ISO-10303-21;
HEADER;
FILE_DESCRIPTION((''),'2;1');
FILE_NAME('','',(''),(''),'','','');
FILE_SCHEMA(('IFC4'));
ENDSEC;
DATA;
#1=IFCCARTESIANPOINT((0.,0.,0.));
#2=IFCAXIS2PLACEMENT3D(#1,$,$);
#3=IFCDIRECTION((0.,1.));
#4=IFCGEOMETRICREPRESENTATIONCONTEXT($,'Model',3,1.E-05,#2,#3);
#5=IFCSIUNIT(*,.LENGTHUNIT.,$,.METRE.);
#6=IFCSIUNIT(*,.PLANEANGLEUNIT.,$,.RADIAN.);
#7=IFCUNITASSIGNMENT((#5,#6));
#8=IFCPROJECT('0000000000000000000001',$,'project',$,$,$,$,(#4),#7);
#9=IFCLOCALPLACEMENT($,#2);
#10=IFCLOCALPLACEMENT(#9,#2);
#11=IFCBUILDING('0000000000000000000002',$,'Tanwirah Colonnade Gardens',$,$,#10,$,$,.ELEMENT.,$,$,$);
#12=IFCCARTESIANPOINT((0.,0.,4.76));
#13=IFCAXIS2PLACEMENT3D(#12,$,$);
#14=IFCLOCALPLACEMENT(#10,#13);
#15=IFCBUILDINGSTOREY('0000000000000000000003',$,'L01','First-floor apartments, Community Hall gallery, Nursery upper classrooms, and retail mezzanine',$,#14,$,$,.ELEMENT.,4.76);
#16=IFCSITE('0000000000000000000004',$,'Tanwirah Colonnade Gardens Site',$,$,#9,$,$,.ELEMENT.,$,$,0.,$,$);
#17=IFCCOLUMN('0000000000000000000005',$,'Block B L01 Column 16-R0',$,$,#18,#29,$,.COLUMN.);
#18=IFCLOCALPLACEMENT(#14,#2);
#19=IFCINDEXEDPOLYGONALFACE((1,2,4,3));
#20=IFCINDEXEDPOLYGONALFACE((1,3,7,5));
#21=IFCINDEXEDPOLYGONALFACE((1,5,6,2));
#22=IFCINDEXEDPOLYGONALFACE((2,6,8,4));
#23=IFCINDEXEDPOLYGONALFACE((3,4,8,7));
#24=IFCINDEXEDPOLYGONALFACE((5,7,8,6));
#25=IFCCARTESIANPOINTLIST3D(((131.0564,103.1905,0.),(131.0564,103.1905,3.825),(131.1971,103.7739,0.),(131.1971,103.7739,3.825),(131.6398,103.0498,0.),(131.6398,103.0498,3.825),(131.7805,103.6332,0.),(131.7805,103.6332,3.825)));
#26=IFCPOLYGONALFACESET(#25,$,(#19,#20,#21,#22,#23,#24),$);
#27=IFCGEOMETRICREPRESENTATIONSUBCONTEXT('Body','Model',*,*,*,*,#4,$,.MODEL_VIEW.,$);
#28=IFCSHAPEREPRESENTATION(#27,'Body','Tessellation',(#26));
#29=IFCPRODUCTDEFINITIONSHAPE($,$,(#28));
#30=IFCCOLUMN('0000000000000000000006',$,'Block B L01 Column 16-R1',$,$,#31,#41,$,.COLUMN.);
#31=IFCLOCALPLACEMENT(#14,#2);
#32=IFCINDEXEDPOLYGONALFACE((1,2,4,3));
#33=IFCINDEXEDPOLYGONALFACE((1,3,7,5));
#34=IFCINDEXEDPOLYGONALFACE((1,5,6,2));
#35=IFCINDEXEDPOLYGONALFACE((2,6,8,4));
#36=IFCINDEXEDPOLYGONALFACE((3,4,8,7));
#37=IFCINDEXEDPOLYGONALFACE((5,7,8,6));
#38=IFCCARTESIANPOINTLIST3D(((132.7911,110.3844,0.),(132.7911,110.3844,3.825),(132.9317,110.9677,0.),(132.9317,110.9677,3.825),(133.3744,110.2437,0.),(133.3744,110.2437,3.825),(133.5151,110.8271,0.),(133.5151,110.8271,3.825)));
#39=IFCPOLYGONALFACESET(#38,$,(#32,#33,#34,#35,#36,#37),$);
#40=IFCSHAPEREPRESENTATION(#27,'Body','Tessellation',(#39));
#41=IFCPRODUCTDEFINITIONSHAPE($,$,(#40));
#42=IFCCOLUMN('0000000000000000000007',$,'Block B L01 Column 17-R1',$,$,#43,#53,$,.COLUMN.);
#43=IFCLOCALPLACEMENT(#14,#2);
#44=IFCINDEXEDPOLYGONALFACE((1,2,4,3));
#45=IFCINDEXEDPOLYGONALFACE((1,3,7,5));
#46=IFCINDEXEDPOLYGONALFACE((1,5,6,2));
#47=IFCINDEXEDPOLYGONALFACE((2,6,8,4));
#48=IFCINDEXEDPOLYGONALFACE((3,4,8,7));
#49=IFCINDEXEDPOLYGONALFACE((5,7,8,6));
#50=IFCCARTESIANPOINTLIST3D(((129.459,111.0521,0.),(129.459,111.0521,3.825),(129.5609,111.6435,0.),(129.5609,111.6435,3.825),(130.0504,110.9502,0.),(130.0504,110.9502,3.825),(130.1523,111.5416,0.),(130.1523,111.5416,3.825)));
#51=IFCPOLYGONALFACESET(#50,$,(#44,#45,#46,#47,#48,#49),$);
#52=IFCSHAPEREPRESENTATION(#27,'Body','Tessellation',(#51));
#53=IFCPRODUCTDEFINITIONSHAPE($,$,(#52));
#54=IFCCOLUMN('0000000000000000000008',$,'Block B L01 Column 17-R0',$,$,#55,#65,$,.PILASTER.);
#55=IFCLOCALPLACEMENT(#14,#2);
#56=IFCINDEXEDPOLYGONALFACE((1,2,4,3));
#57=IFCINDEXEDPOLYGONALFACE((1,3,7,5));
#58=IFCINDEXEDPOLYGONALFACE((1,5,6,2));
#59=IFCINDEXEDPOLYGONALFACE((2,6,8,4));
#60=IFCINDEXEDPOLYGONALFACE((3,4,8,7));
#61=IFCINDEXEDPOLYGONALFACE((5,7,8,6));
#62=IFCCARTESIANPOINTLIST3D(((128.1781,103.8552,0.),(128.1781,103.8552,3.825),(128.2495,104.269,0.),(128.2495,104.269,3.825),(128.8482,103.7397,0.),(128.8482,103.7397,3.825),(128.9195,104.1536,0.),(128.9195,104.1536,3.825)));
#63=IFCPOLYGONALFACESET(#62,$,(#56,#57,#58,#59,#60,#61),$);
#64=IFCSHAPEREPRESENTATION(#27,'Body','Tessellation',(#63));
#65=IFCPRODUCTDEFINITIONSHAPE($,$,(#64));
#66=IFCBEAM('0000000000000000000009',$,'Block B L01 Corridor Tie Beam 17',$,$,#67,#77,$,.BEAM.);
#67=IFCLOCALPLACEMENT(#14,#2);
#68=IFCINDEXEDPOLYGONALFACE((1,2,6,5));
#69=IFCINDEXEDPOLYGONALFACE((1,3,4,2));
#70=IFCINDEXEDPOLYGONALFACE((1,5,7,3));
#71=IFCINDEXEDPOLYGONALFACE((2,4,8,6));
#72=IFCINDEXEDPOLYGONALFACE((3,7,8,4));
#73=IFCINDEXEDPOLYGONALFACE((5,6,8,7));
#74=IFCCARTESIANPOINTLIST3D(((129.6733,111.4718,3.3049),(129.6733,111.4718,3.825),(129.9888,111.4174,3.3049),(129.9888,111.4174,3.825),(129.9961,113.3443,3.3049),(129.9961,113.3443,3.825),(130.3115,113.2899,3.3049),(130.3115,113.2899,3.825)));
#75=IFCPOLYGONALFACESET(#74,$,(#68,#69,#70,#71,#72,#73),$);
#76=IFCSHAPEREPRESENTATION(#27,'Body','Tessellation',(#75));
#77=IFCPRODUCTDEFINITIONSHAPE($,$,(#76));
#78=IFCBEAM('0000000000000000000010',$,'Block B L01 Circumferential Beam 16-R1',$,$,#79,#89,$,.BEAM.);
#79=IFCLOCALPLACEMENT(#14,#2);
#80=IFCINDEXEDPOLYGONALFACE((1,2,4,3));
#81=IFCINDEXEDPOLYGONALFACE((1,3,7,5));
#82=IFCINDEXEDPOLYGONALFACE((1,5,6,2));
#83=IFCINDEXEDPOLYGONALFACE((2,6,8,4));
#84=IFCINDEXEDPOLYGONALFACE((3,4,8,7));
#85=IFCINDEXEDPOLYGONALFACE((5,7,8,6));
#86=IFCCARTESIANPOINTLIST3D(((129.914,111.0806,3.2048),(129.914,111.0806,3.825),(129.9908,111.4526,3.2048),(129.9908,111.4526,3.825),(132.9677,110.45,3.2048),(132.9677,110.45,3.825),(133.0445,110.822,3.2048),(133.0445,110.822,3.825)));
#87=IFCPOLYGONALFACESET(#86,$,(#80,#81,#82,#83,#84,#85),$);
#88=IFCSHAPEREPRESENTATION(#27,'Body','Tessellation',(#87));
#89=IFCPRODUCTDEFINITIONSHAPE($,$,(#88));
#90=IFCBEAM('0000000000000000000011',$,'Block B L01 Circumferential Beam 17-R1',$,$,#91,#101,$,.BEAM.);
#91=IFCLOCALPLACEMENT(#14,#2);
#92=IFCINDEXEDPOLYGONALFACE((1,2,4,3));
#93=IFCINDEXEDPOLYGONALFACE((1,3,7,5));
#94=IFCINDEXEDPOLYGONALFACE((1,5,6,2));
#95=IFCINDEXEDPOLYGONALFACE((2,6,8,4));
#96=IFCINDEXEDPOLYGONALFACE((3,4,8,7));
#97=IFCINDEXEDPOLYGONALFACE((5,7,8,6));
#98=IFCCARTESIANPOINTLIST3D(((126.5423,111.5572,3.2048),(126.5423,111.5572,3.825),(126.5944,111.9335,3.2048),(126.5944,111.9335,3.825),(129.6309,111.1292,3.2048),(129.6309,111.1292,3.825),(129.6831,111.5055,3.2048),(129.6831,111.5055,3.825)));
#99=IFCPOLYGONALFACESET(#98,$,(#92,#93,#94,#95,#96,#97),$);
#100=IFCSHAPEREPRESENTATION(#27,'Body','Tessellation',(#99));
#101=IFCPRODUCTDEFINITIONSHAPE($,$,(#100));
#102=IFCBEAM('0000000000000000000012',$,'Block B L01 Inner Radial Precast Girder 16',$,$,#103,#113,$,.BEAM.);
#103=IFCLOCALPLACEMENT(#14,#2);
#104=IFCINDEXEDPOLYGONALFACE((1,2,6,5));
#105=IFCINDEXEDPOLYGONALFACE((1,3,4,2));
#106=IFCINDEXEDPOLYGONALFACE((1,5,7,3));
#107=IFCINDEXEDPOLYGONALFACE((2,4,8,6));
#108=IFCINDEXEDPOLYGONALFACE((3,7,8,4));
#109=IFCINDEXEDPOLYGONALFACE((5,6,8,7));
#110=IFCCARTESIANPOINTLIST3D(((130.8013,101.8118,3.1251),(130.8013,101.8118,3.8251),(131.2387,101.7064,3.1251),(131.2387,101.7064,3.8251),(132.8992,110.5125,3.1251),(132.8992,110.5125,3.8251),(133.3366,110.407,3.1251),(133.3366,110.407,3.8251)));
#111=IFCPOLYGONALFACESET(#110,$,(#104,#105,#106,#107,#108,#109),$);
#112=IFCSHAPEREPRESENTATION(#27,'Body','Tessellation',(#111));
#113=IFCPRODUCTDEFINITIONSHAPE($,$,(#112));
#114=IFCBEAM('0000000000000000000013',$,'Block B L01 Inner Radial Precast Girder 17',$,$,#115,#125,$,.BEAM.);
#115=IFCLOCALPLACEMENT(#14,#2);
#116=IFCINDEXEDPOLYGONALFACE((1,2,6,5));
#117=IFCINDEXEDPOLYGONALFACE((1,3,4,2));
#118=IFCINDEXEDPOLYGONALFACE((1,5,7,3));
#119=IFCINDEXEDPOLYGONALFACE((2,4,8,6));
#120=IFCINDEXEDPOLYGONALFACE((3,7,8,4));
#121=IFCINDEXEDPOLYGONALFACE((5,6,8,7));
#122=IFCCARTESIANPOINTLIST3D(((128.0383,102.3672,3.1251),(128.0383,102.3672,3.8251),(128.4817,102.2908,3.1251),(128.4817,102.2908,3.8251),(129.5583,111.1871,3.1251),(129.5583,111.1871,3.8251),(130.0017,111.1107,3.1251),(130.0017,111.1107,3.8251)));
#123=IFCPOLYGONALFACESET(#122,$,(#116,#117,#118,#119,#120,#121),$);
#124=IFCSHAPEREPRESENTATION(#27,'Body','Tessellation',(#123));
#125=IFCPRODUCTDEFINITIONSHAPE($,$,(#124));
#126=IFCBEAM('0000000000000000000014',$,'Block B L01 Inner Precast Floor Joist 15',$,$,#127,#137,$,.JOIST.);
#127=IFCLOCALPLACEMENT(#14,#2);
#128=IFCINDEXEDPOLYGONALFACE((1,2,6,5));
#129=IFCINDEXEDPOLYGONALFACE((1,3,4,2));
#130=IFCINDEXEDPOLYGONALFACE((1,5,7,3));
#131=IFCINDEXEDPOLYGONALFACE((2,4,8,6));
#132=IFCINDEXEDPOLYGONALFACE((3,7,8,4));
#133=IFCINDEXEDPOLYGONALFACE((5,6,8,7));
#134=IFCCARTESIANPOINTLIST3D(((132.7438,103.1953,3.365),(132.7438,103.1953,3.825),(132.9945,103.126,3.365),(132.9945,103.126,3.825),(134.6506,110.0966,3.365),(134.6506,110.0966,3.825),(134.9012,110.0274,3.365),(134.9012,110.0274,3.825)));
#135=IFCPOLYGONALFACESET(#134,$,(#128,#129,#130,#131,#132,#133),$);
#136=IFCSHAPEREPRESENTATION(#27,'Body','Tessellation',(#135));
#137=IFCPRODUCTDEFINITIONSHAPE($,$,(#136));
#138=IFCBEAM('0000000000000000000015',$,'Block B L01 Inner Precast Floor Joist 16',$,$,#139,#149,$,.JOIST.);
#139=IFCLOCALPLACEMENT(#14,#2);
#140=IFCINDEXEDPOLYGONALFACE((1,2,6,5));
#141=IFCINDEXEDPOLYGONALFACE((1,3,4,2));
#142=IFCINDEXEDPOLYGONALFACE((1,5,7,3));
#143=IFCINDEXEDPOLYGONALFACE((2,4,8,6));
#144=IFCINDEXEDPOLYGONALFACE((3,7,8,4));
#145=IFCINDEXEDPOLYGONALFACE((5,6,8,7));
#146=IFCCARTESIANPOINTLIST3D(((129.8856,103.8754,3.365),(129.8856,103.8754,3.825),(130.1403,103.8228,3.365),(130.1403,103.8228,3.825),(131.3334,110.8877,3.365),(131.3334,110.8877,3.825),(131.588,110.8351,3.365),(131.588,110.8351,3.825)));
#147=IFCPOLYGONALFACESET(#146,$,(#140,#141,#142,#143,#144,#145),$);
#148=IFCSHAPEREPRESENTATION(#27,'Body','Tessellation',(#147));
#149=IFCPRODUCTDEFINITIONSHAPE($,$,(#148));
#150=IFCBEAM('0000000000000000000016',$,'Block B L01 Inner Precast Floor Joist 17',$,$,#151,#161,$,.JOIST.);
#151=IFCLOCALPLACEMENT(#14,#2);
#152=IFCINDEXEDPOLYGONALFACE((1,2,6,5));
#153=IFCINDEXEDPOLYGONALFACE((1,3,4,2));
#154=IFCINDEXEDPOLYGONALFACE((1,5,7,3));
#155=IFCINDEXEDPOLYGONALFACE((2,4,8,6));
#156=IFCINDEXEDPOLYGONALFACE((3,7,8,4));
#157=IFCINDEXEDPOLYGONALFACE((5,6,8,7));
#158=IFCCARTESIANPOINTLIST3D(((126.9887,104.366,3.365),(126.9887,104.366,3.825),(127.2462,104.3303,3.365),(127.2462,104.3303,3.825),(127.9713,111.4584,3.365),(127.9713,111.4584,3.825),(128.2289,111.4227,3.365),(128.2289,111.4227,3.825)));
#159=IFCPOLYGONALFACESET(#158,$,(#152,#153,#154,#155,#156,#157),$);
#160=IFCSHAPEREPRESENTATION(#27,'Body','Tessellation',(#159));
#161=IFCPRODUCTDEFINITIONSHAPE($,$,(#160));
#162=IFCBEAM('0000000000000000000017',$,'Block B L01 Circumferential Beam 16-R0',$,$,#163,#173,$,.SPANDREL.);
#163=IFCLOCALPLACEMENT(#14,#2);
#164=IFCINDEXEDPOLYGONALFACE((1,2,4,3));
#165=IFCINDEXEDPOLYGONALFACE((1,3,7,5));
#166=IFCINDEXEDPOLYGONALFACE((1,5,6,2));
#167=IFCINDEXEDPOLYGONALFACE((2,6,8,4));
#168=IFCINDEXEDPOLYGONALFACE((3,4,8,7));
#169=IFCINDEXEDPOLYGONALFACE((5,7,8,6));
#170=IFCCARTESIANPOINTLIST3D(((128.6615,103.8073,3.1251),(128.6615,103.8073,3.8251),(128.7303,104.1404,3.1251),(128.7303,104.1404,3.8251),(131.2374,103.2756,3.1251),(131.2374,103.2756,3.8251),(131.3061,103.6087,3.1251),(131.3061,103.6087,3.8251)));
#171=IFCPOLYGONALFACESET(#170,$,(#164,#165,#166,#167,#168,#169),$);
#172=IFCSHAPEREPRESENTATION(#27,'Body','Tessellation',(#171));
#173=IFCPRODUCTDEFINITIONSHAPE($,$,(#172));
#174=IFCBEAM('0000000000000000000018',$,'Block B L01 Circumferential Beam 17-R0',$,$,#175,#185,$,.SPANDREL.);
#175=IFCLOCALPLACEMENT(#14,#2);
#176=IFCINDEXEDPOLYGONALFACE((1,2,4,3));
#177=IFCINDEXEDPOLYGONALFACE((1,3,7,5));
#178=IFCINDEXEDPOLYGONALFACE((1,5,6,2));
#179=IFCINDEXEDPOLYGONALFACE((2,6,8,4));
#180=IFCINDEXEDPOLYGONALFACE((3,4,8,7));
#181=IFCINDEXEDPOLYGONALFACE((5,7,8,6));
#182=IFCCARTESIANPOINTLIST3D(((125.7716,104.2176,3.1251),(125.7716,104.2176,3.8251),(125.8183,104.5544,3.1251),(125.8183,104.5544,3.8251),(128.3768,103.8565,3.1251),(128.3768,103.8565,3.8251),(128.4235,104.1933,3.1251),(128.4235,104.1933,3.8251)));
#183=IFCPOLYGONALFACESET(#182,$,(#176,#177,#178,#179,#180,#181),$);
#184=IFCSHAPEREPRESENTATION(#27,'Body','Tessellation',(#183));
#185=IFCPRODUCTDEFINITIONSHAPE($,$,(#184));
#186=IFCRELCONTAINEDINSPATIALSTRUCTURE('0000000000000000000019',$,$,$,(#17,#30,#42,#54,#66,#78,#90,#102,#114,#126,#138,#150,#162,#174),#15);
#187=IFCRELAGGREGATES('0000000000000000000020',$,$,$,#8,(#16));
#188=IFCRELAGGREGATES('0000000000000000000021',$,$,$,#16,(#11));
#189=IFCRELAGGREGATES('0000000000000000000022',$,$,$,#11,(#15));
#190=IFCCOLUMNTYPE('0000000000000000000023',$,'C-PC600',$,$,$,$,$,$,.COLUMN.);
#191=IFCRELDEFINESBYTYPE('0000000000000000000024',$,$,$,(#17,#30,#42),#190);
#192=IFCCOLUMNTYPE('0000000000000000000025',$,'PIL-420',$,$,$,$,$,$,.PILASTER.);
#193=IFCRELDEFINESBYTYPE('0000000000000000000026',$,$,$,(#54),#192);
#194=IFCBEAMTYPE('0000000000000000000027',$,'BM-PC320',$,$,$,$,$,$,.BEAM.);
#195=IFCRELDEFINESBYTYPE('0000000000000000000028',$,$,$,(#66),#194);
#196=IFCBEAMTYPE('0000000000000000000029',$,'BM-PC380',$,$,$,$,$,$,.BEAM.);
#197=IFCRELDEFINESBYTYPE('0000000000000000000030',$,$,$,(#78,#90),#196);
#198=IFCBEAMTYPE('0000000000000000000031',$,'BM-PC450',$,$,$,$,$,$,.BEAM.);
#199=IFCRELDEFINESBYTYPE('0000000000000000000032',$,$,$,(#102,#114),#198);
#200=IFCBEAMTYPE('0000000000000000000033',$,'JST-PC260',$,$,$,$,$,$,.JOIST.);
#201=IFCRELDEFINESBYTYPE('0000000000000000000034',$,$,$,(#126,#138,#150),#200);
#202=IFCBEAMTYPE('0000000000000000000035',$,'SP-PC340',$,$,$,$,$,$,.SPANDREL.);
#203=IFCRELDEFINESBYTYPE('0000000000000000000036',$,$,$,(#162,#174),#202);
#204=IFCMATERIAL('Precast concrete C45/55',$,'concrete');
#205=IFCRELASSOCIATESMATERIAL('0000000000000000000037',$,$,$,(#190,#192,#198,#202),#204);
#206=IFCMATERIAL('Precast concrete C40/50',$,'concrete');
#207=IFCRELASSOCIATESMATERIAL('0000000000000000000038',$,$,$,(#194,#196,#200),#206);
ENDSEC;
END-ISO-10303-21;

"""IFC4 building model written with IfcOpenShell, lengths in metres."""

from ifc_helpers import new_model, si_unit, direction, frame, origin, origin_2d, place, context, subcontext, project, spatial, rectangle, extrude, material, material_profile, profile_set, type_object, element, save


model = new_model("IFC4")

# Units and contexts
model_context = context("Model", 3, precision=1e-05, world=origin(), true_north=direction((0.0, 1.0)))
body_context = subcontext(model_context, "Body", "Model", "MODEL_VIEW")
ifc_project = project(units=[si_unit("LENGTHUNIT", "METRE"), si_unit("PLANEANGLEUNIT", "RADIAN")], contexts=[model_context])

# Site, building, storey
site_placement = place(None, origin())
site = spatial("IfcSite", under=ifc_project, at=site_placement, Name="Tanwirah Colonnade Gardens Site", CompositionType="ELEMENT", RefElevation=0.0)
building_placement = place(site_placement, origin())
building = spatial("IfcBuilding", under=site, at=building_placement, Name="Tanwirah Colonnade Gardens", CompositionType="ELEMENT")
storey_placement = place(building_placement, frame((0.0, 0.0, 4.76)))
storey = spatial("IfcBuildingStorey", under=building, at=storey_placement, Name="L01", Description="First-floor apartments, Community Hall gallery, Nursery upper classrooms, and retail mezzanine", CompositionType="ELEMENT", Elevation=4.76)

# Columns
ifc_material_1 = material(Name="Precast concrete C45/55", Category="concrete")
ifc_material_profile_1 = material_profile(ifc_material_1, rectangle(XDim=0.6001, YDim=0.6001, at=origin_2d()), Name="PC-COL 600x600")
ifc_profile_set_1 = profile_set([ifc_material_profile_1], Name="Precast concrete C45/55")
column_type_1 = type_object("IfcColumnType", Name="C-PC600", PredefinedType="COLUMN", material=ifc_profile_set_1)
for number, where, z_axis, x_axis, name in (
    (1, (131.4185, 103.4119, 0.0), (0.0, 0.0, 1.0), (0.234388, 0.972143, 0.0), "Block B L01 Column 16-R0"),
    (2, (133.1531, 110.6057, 0.0), (0.0, 0.0, 1.0), (0.234388, 0.972143, 0.0), "Block B L01 Column 16-R1"),
    (3, (129.8057, 111.2969, 0.0), (0.0, 0.0, 1.0), (0.169827, 0.985474, 0.0), "Block B L01 Column 17-R1"),
):
    element("IfcColumn", number, at=place(storey_placement, frame(where, z_axis=z_axis, x_axis=x_axis)), inside=storey, type_object=column_type_1, Name=name, PredefinedType="COLUMN", context=body_context, shape_type="SweptSolid", body=[
        extrude(rectangle(XDim=0.6001, YDim=0.6001, at=origin_2d()), origin(), (0.0, 0.0, 1.0), 3.825),
    ])
ifc_material_profile_2 = material_profile(ifc_material_1, rectangle(XDim=0.4199, YDim=0.6799, at=origin_2d()), Name="PC-PIL 420x680")
ifc_profile_set_2 = profile_set([ifc_material_profile_2], Name="Precast concrete C45/55")
column_type_2 = type_object("IfcColumnType", Name="PIL-420", PredefinedType="PILASTER", material=ifc_profile_set_2)
column_placement = place(storey_placement, frame((128.5488, 104.0044, 0.0), z_axis=(0.0, 0.0, 1.0), x_axis=(0.169827, 0.985474, 0.0)))
element("IfcColumn", 4, at=column_placement, inside=storey, type_object=column_type_2, Name="Block B L01 Column 17-R0", PredefinedType="PILASTER", context=body_context, shape_type="SweptSolid", body=[
    extrude(rectangle(XDim=0.4199, YDim=0.6799, at=origin_2d()), origin(), (0.0, 0.0, 1.0), 3.825),
])

# Beams
ifc_material_2 = material(Name="Precast concrete C40/50", Category="concrete")
ifc_material_profile_3 = material_profile(ifc_material_2, rectangle(XDim=0.3201, YDim=0.52, at=origin_2d()), Name="PC-BM 320x520")
ifc_profile_set_3 = profile_set([ifc_material_profile_3], Name="Precast concrete C40/50")
beam_type_1 = type_object("IfcBeamType", Name="BM-PC320", PredefinedType="BEAM", material=ifc_profile_set_3)
beam_1_placement = place(storey_placement, frame((129.8311, 111.4446, 3.5649), z_axis=(0.169855, 0.985469, 0.0), x_axis=(-0.985469, 0.169855, 0.0)))
element("IfcBeam", 5, at=beam_1_placement, inside=storey, type_object=beam_type_1, Name="Block B L01 Corridor Tie Beam 17", PredefinedType="BEAM", context=body_context, shape_type="SweptSolid", body=[
    extrude(rectangle(XDim=0.3201, YDim=0.52, at=origin_2d()), origin(), (0.0, 0.0, 1.0), 1.9001),
])
ifc_material_profile_4 = material_profile(ifc_material_2, rectangle(XDim=0.3799, YDim=0.6201, at=origin_2d()), Name="PC-BM 380x620")
ifc_profile_set_4 = profile_set([ifc_material_profile_4], Name="Precast concrete C40/50")
beam_type_2 = type_object("IfcBeamType", Name="BM-PC380", PredefinedType="BEAM", material=ifc_profile_set_4)
for number, where, z_axis, x_axis, name in (
    (6, (133.0061, 110.636, 3.5149), (-0.979336, 0.202241, 0.0), (-0.202241, -0.979336, 0.0), "Block B L01 Circumferential Beam 16-R1"),
    (7, (129.657, 111.3174, 3.5149), (-0.990536, 0.137255, 0.0), (-0.137255, -0.990536, 0.0), "Block B L01 Circumferential Beam 17-R1"),
):
    element("IfcBeam", number, at=place(storey_placement, frame(where, z_axis=z_axis, x_axis=x_axis)), inside=storey, type_object=beam_type_2, Name=name, PredefinedType="BEAM", context=body_context, shape_type="SweptSolid", body=[
        extrude(rectangle(XDim=0.3799, YDim=0.6201, at=origin_2d()), origin(), (0.0, 0.0, 1.0), 3.1182),
    ])
ifc_material_profile_5 = material_profile(ifc_material_1, rectangle(XDim=0.45, YDim=0.7, at=origin_2d()), Name="PC-BM 450x700")
ifc_profile_set_5 = profile_set([ifc_material_profile_5], Name="Precast concrete C45/55")
beam_type_3 = type_object("IfcBeamType", Name="BM-PC450", PredefinedType="BEAM", material=ifc_profile_set_5)
for number, where, z_axis, x_axis, name in (
    (8, (133.1179, 110.4597, 3.4751), (-0.234401, -0.97214, 0.0), (0.97214, -0.234401, 0.0), "Block B L01 Inner Radial Precast Girder 16"),
    (9, (129.78, 111.1489, 3.4751), (-0.169837, -0.985472, 0.0), (0.985472, -0.169837, 0.0), "Block B L01 Inner Radial Precast Girder 17"),
):
    element("IfcBeam", number, at=place(storey_placement, frame(where, z_axis=z_axis, x_axis=x_axis)), inside=storey, type_object=beam_type_3, Name=name, PredefinedType="BEAM", context=body_context, shape_type="SweptSolid", body=[
        extrude(rectangle(XDim=0.45, YDim=0.7, at=origin_2d()), origin(), (0.0, 0.0, 1.0), 8.95),
    ])
ifc_material_profile_6 = material_profile(ifc_material_2, rectangle(XDim=0.26, YDim=0.46, at=origin_2d()), Name="PC-JST 260x460")
ifc_profile_set_6 = profile_set([ifc_material_profile_6], Name="Precast concrete C40/50")
beam_type_4 = type_object("IfcBeamType", Name="JST-PC260", PredefinedType="JOIST", material=ifc_profile_set_6)
beam_2_placement = place(storey_placement, frame((132.8691, 103.1606, 3.595), z_axis=(0.266307, 0.963888, 0.0), x_axis=(-0.963888, 0.266307, 0.0)))
element("IfcBeam", 10, at=beam_2_placement, inside=storey, type_object=beam_type_4, Name="Block B L01 Inner Precast Floor Joist 15", PredefinedType="JOIST", context=body_context, shape_type="SweptSolid", body=[
    extrude(rectangle(XDim=0.26, YDim=0.46, at=origin_2d()), origin(), (0.0, 0.0, 1.0), 7.1599),
])
for number, where, z_axis, x_axis, name in (
    (11, (130.0129, 103.8491, 3.595), (0.202197, 0.979345, 0.0), (-0.979345, 0.202197, 0.0), "Block B L01 Inner Precast Floor Joist 16"),
    (12, (127.1174, 104.3481, 3.595), (0.137243, 0.990537, 0.0), (-0.990537, 0.137243, 0.0), "Block B L01 Inner Precast Floor Joist 17"),
):
    element("IfcBeam", number, at=place(storey_placement, frame(where, z_axis=z_axis, x_axis=x_axis)), inside=storey, type_object=beam_type_4, Name=name, PredefinedType="JOIST", context=body_context, shape_type="SweptSolid", body=[
        extrude(rectangle(XDim=0.26, YDim=0.46, at=origin_2d()), origin(), (0.0, 0.0, 1.0), 7.1602),
    ])
ifc_material_profile_7 = material_profile(ifc_material_1, rectangle(XDim=0.3401, YDim=0.7, at=origin_2d()), Name="PC-SP 340x700")
ifc_profile_set_7 = profile_set([ifc_material_profile_7], Name="Precast concrete C45/55")
beam_type_5 = type_object("IfcBeamType", Name="SP-PC340", PredefinedType="SPANDREL", material=ifc_profile_set_7)
for number, where, z_axis, x_axis, name in (
    (13, (131.2717, 103.4421, 3.4751), (-0.979352, 0.202164, 0.0), (-0.202164, -0.979352, 0.0), "Block B L01 Circumferential Beam 16-R0"),
    (14, (128.4001, 104.0249, 3.4751), (-0.990531, 0.137288, 0.0), (-0.137288, -0.990531, 0.0), "Block B L01 Circumferential Beam 17-R0"),
):
    element("IfcBeam", number, at=place(storey_placement, frame(where, z_axis=z_axis, x_axis=x_axis)), inside=storey, type_object=beam_type_5, Name=name, PredefinedType="SPANDREL", context=body_context, shape_type="SweptSolid", body=[
        extrude(rectangle(XDim=0.3401, YDim=0.7, at=origin_2d()), origin(), (0.0, 0.0, 1.0), 2.6301),
    ])

save(model, "model.ifc")
